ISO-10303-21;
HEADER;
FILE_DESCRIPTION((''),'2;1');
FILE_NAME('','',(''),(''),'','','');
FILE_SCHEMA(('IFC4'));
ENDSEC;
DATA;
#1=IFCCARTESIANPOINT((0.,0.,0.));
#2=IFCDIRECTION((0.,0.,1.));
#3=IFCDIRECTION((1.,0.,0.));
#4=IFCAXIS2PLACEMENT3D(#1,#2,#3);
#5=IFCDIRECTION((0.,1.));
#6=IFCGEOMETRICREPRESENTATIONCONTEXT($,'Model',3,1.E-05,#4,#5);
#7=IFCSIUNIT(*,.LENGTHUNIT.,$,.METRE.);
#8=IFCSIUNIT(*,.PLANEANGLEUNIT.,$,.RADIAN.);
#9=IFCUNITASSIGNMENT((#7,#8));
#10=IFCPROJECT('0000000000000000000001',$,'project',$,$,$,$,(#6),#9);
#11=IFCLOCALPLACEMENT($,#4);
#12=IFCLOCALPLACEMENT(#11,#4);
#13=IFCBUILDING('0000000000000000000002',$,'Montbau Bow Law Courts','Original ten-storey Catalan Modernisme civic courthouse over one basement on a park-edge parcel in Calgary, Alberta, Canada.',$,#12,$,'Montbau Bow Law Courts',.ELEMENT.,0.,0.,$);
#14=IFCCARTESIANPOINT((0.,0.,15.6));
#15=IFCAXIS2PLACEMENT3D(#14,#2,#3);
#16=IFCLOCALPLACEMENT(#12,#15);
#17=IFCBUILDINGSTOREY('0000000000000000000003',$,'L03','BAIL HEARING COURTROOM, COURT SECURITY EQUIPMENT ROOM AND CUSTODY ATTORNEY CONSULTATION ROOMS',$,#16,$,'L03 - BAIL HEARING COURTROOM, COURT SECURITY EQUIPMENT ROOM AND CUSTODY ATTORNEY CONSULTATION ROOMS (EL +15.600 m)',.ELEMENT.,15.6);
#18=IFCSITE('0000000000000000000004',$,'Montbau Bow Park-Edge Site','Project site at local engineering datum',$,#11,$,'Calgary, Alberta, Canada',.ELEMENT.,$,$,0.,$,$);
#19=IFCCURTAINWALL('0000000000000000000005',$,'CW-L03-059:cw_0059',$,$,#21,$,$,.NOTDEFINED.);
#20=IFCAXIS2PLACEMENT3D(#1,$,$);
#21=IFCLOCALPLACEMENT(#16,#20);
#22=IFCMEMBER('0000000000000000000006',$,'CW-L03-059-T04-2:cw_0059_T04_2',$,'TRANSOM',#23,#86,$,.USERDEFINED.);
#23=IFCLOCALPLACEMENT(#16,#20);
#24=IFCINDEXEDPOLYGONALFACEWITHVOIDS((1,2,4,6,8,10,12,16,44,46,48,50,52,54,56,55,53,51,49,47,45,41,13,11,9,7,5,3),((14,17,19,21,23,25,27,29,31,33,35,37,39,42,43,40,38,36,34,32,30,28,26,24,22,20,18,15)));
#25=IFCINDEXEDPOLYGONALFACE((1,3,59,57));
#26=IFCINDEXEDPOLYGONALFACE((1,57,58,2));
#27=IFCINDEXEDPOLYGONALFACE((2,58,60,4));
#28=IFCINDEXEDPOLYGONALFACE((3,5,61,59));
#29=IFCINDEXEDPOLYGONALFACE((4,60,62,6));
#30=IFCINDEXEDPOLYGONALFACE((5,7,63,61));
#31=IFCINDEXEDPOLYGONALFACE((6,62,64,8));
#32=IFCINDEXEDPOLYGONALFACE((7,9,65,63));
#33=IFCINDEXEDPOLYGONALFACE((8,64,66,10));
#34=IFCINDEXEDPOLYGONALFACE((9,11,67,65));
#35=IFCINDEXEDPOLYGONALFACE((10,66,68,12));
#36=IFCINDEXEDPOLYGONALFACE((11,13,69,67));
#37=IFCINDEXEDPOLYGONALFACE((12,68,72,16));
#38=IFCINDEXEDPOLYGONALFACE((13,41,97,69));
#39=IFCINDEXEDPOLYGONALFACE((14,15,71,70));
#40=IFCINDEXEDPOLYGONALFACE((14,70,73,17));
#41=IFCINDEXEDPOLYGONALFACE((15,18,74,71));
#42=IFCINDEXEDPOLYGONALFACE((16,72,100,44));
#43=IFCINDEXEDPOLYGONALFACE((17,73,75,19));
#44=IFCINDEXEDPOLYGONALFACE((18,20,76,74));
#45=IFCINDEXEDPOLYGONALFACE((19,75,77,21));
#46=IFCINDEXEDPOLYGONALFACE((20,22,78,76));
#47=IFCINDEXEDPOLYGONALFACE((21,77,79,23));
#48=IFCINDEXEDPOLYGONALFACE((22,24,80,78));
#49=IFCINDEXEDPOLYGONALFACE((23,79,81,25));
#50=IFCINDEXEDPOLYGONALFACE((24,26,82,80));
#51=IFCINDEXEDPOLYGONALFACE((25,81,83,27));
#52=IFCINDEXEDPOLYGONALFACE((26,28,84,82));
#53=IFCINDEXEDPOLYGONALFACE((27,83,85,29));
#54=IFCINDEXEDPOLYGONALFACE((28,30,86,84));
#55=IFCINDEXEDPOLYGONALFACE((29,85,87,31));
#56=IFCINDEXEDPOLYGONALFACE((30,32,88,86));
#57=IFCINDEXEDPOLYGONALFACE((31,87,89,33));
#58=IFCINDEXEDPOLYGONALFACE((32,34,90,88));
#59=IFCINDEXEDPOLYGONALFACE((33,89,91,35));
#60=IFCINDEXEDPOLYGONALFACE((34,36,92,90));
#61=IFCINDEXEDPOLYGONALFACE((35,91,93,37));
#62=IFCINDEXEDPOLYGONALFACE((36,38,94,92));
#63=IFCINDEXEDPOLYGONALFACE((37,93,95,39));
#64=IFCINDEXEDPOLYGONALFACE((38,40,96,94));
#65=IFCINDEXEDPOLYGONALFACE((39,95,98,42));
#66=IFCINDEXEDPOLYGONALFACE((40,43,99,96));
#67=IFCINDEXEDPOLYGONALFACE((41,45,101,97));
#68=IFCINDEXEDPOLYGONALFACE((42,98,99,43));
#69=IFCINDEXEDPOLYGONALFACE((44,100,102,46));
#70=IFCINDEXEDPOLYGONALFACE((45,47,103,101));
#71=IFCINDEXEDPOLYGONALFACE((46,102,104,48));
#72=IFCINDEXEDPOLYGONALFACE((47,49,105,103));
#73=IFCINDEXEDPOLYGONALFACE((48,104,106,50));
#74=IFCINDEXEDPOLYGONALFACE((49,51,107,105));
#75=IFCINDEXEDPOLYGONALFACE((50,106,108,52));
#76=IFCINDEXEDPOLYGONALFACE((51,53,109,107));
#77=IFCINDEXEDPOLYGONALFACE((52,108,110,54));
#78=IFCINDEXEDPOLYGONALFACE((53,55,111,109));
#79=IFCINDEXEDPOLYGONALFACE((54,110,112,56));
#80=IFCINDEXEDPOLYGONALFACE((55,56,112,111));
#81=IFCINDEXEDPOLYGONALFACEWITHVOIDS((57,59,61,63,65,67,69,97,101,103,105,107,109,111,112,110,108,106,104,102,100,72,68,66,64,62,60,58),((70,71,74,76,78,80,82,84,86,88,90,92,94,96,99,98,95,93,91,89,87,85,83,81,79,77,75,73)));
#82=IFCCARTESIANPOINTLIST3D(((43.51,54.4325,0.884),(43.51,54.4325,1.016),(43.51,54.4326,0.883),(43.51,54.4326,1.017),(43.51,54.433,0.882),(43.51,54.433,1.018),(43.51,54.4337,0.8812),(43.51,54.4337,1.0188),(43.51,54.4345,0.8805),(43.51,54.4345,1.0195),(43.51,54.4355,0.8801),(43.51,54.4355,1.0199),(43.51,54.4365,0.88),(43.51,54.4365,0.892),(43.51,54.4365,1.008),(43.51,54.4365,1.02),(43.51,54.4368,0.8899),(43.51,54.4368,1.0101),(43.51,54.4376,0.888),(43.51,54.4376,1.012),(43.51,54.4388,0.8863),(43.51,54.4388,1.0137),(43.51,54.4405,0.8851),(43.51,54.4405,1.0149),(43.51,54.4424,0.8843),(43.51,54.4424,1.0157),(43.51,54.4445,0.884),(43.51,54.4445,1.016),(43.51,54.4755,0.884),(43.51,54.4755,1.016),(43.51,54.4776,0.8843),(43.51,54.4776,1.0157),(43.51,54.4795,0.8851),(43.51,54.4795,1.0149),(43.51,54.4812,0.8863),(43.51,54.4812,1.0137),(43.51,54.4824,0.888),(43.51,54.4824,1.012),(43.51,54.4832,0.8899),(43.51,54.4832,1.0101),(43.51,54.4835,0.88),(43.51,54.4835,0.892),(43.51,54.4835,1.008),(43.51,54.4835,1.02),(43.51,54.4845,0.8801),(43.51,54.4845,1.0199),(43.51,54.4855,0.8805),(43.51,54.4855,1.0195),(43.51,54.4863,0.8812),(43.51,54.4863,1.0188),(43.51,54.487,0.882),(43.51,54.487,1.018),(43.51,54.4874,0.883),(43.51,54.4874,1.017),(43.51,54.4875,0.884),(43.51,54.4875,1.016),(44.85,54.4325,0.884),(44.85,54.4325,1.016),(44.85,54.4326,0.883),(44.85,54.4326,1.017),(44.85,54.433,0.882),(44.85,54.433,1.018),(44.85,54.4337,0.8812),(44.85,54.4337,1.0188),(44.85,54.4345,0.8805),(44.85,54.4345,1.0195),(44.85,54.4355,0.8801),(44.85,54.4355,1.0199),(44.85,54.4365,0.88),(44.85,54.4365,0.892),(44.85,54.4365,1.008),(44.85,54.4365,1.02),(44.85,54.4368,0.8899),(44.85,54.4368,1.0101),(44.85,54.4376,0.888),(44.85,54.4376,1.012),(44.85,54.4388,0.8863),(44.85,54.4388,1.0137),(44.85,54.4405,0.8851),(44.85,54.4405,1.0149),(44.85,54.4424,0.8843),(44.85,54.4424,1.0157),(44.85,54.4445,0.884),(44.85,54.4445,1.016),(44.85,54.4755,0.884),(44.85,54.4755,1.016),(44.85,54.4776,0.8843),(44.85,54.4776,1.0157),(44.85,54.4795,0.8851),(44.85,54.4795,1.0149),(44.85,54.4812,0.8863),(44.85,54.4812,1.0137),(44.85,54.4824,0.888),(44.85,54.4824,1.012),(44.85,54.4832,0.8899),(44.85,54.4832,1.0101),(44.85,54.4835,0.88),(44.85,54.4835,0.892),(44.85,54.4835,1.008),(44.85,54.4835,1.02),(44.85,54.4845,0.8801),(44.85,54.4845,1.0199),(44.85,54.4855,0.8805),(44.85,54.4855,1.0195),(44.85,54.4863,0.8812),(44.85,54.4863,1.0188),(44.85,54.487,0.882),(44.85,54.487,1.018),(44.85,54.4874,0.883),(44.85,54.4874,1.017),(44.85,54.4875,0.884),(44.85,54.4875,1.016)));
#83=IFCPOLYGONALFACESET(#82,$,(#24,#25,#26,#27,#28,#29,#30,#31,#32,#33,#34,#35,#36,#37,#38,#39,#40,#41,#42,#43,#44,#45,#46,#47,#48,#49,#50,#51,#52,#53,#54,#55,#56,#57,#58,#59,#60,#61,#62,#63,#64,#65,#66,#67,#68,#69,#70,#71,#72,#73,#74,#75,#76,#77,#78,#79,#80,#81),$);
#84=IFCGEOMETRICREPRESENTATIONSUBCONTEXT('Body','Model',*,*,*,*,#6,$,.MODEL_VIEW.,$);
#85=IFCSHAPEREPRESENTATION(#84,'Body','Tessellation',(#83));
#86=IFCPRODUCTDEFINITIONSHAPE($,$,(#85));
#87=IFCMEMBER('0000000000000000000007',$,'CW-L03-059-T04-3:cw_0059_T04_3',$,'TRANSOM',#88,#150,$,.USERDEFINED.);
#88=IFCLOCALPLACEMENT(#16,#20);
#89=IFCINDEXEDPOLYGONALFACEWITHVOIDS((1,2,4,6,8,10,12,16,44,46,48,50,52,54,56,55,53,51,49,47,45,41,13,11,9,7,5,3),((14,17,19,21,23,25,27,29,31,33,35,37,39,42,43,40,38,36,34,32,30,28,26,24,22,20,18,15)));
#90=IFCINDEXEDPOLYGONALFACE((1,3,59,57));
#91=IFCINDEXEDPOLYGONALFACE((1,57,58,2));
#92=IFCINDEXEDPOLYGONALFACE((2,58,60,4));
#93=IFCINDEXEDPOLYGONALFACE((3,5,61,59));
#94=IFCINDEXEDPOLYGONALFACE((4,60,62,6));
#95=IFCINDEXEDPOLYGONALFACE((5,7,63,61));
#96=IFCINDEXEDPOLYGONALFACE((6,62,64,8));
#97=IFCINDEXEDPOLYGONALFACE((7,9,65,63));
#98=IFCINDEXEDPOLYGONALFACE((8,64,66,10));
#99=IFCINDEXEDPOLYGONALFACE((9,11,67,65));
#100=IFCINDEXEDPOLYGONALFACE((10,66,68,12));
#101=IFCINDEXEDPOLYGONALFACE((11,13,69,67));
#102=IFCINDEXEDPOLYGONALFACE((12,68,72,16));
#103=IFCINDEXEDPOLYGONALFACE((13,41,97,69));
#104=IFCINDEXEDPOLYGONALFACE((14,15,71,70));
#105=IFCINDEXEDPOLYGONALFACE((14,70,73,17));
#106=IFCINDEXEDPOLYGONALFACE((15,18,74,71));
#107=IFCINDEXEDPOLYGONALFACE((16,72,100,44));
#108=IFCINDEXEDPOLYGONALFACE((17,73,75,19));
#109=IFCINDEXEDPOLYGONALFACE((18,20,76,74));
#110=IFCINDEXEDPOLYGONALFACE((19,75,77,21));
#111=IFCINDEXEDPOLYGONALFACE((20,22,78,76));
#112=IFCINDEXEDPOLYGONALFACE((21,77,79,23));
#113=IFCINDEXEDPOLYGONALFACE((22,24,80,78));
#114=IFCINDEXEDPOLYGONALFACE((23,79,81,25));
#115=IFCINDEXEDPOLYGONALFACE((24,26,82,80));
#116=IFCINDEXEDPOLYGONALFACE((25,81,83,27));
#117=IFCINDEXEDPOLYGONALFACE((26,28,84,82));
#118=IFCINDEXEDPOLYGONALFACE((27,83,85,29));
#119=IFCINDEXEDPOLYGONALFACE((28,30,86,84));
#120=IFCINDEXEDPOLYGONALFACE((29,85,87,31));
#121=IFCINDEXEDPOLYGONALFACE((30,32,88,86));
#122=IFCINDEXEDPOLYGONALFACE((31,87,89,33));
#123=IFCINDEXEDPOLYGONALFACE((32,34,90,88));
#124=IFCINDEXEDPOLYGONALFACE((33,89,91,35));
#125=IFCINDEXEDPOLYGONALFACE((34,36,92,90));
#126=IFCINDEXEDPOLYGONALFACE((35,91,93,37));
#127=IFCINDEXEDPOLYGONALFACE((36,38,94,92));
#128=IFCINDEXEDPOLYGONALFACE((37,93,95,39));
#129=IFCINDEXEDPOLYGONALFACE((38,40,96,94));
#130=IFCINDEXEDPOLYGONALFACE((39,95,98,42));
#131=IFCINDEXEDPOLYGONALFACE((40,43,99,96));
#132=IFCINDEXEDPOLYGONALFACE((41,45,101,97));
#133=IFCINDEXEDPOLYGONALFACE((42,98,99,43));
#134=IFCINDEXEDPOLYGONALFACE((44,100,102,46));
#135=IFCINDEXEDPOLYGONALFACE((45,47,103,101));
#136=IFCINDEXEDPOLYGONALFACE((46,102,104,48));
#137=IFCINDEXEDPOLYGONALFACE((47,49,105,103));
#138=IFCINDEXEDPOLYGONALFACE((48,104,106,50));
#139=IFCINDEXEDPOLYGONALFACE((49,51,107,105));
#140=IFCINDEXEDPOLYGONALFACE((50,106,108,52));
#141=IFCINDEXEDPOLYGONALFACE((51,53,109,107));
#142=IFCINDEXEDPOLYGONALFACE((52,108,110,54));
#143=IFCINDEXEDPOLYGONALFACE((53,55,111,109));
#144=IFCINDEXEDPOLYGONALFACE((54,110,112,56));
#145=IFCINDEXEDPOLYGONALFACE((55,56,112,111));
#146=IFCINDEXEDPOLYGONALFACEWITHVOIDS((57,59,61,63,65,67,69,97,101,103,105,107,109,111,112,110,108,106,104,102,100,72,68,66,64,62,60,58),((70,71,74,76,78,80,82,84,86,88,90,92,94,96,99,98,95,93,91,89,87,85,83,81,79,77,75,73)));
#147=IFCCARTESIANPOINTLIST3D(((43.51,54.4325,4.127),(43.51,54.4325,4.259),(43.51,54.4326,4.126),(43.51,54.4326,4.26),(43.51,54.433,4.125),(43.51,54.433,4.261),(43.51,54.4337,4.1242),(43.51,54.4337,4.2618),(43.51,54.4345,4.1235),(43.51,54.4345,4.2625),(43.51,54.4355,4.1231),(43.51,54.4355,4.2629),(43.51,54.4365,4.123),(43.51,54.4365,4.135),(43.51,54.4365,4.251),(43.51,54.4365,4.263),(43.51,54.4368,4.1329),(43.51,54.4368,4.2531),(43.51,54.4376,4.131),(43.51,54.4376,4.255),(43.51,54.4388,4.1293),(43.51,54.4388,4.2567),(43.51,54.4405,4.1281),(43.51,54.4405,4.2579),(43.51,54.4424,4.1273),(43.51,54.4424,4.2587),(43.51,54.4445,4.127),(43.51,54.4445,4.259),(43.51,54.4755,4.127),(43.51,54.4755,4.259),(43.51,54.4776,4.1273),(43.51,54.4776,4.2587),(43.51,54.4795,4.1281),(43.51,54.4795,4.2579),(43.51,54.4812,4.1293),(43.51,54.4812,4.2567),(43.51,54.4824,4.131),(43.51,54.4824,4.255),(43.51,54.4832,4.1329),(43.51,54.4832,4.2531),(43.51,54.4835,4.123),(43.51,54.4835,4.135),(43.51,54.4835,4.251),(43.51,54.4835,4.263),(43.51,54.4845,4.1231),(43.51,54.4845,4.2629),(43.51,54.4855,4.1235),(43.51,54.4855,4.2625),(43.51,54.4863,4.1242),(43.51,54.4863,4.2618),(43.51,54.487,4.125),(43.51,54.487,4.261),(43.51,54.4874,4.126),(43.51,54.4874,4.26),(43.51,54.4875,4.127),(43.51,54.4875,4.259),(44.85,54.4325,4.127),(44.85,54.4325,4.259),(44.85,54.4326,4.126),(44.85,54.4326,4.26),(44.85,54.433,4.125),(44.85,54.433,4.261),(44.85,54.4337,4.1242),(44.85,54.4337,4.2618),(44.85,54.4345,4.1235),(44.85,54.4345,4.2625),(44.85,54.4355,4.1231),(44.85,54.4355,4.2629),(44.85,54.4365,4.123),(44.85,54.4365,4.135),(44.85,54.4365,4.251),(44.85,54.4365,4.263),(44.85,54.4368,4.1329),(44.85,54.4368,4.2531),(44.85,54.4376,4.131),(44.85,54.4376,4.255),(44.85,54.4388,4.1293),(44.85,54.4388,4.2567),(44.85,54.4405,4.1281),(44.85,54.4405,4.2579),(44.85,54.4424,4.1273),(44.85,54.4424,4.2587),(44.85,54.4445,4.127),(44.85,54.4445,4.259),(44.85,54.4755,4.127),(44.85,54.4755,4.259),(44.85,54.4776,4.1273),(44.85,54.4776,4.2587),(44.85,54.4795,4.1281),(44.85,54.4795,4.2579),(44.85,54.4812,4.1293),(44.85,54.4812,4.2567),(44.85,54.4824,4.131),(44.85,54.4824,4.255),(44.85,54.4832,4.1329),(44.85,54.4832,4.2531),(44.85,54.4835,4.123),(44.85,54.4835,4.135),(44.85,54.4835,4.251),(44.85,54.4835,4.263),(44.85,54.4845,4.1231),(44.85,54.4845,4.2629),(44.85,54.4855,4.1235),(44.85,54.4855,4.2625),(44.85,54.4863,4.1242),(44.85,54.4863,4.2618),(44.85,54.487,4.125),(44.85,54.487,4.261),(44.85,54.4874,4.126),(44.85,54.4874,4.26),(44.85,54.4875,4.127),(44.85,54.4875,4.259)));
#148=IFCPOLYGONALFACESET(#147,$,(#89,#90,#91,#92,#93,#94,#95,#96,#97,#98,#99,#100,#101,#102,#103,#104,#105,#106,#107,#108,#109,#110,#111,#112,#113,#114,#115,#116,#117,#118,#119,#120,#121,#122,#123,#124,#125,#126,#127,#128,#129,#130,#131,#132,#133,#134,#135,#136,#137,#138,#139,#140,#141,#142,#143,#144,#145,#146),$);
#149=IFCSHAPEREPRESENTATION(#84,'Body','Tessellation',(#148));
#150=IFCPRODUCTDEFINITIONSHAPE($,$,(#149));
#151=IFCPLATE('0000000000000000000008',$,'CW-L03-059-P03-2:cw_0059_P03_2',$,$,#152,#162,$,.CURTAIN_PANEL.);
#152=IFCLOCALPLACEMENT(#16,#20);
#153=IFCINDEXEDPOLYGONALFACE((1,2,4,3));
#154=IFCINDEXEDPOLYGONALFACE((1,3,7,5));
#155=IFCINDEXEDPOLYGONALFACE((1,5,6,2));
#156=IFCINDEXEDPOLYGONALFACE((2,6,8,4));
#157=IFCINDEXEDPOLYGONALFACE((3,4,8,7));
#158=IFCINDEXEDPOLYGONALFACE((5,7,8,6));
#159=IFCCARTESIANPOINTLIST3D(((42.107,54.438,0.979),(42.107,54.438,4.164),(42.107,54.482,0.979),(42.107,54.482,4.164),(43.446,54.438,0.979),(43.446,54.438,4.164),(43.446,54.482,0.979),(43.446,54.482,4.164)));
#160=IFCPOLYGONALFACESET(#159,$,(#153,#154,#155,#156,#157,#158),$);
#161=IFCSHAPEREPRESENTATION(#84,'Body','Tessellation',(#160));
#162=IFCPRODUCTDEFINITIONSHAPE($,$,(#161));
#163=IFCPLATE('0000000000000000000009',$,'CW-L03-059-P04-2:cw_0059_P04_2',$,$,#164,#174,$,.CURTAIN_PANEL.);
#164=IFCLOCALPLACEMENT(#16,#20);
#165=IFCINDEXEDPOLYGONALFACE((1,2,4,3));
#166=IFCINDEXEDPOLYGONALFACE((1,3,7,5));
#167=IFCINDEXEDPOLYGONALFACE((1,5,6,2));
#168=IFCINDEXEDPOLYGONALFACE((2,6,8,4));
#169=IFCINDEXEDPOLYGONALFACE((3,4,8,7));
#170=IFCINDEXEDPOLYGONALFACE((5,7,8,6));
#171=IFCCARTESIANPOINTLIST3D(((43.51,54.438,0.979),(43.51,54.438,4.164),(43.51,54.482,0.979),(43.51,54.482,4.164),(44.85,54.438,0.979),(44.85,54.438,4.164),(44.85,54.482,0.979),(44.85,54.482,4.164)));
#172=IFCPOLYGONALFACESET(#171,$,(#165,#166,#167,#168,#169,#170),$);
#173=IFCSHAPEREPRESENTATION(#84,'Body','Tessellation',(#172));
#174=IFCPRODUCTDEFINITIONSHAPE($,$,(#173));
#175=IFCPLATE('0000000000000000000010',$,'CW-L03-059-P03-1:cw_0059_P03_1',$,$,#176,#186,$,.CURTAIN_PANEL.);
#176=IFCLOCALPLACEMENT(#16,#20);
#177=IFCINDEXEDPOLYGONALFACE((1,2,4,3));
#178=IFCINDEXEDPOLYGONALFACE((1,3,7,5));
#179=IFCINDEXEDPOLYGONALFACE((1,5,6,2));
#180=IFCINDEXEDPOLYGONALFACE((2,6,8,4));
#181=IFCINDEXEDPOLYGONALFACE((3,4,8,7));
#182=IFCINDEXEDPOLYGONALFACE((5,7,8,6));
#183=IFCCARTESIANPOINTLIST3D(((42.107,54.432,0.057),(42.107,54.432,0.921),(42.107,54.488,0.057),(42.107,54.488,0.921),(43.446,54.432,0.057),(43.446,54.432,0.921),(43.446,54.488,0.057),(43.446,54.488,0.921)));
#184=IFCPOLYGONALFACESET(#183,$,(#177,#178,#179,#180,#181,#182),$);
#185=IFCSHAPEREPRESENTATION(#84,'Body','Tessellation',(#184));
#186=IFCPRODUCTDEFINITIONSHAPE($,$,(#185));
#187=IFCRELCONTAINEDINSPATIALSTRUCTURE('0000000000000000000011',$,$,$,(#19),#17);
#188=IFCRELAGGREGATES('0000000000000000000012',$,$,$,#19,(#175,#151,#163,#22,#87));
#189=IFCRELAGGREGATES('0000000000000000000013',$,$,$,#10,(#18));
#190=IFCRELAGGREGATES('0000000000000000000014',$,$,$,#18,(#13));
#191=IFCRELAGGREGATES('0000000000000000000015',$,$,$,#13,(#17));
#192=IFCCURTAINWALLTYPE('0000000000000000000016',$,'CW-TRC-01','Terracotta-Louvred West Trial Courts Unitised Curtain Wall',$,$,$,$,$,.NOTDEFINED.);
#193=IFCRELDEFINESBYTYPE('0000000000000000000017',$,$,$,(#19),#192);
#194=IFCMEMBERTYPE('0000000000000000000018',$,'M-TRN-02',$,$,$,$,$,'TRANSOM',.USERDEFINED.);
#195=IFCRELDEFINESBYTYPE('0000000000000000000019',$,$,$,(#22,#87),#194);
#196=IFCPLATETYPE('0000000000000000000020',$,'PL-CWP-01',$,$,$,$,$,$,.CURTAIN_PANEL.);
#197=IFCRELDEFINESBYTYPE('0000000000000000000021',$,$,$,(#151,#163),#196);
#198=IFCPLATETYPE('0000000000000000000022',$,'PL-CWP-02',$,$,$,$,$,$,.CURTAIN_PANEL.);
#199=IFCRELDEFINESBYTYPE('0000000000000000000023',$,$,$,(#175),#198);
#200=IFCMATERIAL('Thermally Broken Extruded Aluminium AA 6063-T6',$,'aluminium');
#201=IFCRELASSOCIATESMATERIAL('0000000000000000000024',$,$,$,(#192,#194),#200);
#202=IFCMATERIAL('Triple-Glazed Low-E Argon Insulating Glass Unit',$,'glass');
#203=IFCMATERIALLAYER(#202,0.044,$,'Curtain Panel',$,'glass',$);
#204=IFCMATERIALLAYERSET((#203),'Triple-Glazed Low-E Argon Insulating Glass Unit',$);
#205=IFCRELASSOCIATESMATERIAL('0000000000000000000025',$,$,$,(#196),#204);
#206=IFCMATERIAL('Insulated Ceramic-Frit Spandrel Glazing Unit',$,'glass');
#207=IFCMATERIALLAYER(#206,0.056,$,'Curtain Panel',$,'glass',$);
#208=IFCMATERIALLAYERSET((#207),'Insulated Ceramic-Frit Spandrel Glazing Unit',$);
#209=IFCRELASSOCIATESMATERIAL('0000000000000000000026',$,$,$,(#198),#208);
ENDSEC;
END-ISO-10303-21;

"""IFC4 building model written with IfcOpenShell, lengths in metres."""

from ifc_helpers import new_model, si_unit, direction, frame, frame_2d, origin_with_axes, origin_2d_with_axis, place, context, subcontext, project, spatial, rectangle, hollow_rectangle, extrude, material, layer, layer_set, material_profile, profile_set, type_object, element, aggregate, save


model = new_model("IFC4")

# Units and contexts
model_context = context("Model", 3, precision=1e-05, world=origin_with_axes(), true_north=direction((0.0, 1.0)))
body_context = subcontext(model_context, "Body", "Model", "MODEL_VIEW")
ifc_project = project(units=[si_unit("LENGTHUNIT", "METRE"), si_unit("PLANEANGLEUNIT", "RADIAN")], contexts=[model_context])

# Site, building, storey
site_placement = place(None, origin_with_axes())
site = spatial("IfcSite", under=ifc_project, at=site_placement, Name="Montbau Bow Park-Edge Site", Description="Project site at local engineering datum", LongName="Calgary, Alberta, Canada", CompositionType="ELEMENT", RefElevation=0.0)
building_placement = place(site_placement, origin_with_axes())
building = spatial("IfcBuilding", under=site, at=building_placement, Name="Montbau Bow Law Courts", Description="Original ten-storey Catalan Modernisme civic courthouse over one basement on a park-edge parcel in Calgary, Alberta, Canada.", LongName="Montbau Bow Law Courts", CompositionType="ELEMENT", ElevationOfRefHeight=0.0, ElevationOfTerrain=0.0)
storey_placement = place(building_placement, frame((0.0, 0.0, 15.6), z_axis=(0.0, 0.0, 1.0), x_axis=(1.0, 0.0, 0.0)))
storey = spatial("IfcBuildingStorey", under=building, at=storey_placement, Name="L03", Description="BAIL HEARING COURTROOM, COURT SECURITY EQUIPMENT ROOM AND CUSTODY ATTORNEY CONSULTATION ROOMS", LongName="L03 - BAIL HEARING COURTROOM, COURT SECURITY EQUIPMENT ROOM AND CUSTODY ATTORNEY CONSULTATION ROOMS (EL +15.600 m)", CompositionType="ELEMENT", Elevation=15.6)

# Curtain wall, members, plates
ifc_material_1 = material(Name="Thermally Broken Extruded Aluminium AA 6063-T6", Category="aluminium")
curtain_wall_type = type_object("IfcCurtainWallType", Name="CW-TRC-01", Description="Terracotta-Louvred West Trial Courts Unitised Curtain Wall", PredefinedType="NOTDEFINED", material=ifc_material_1)
curtain_wall_placement = place(None, frame((39.268, 54.46, 15.6), z_axis=(0.0, 0.0, 1.0), x_axis=(1.0, 0.0, 0.0)))
curtain_wall = element("IfcCurtainWall", 1, at=curtain_wall_placement, inside=storey, type_object=curtain_wall_type, Name="CW-L03-059:cw_0059", PredefinedType="NOTDEFINED")
ifc_material_profile_1 = material_profile(ifc_material_1, hollow_rectangle(XDim=0.055, YDim=0.14, WallThickness=0.004, InnerFilletRadius=0.008, OuterFilletRadius=0.004, at=origin_2d_with_axis()), Name="CWT-140X55", Category="Main", Priority=0)
ifc_profile_set_1 = profile_set([ifc_material_profile_1], Name="Thermally Broken Extruded Aluminium AA 6063-T6")
member_type_1 = type_object("IfcMemberType", Name="M-TRN-02", ElementType="TRANSOM", PredefinedType="USERDEFINED", material=ifc_profile_set_1)
member_1_placement = place(None, frame((43.51, 54.46, 16.55), z_axis=(1.0, 0.0, 0.0), x_axis=(0.0, 1.0, 0.0)))
member_1 = element("IfcMember", 2, at=member_1_placement, type_object=member_type_1, Name="CW-L03-059-T04-2:cw_0059_T04_2", ObjectType="TRANSOM", PredefinedType="USERDEFINED", context=body_context, shape_type="SweptSolid", body=[
    extrude(hollow_rectangle(XDim=0.055, YDim=0.14, WallThickness=0.004, InnerFilletRadius=0.008, OuterFilletRadius=0.004, at=origin_2d_with_axis()), origin_with_axes(), (0.0, 0.0, 1.0), 1.34),
])
member_2_placement = place(None, frame((43.51, 54.46, 19.793), z_axis=(1.0, 0.0, 0.0), x_axis=(0.0, 1.0, 0.0)))
member_2 = element("IfcMember", 3, at=member_2_placement, type_object=member_type_1, Name="CW-L03-059-T04-3:cw_0059_T04_3", ObjectType="TRANSOM", PredefinedType="USERDEFINED", context=body_context, shape_type="SweptSolid", body=[
    extrude(hollow_rectangle(XDim=0.055, YDim=0.14, WallThickness=0.004, InnerFilletRadius=0.008, OuterFilletRadius=0.004, at=origin_2d_with_axis()), origin_with_axes(), (0.0, 0.0, 1.0), 1.34),
])
ifc_material_2 = material(Name="Triple-Glazed Low-E Argon Insulating Glass Unit", Category="glass")
ifc_layer_1 = layer(ifc_material_2, 0.044, Name="Curtain Panel", Category="glass")
ifc_layer_set_1 = layer_set([ifc_layer_1], Name="Triple-Glazed Low-E Argon Insulating Glass Unit")
plate_type_1 = type_object("IfcPlateType", Name="PL-CWP-01", PredefinedType="CURTAIN_PANEL", material=ifc_layer_set_1)
plate_1_placement = place(None, frame((42.107, 54.46, 16.579), z_axis=(0.0, -1.0, 0.0), x_axis=(1.0, 0.0, 0.0)))
plate_1 = element("IfcPlate", 4, at=plate_1_placement, type_object=plate_type_1, Name="CW-L03-059-P03-2:cw_0059_P03_2", PredefinedType="CURTAIN_PANEL", context=body_context, shape_type="SweptSolid", body=[
    extrude(rectangle(XDim=1.339, YDim=3.185, at=frame_2d((0.6695, 1.5925), x_axis=(1.0, 0.0))), frame((0.0, 0.0, -0.022), z_axis=(0.0, 0.0, 1.0), x_axis=(1.0, 0.0, 0.0)), (0.0, 0.0, 1.0), 0.044),
])
plate_2_placement = place(None, frame((43.51, 54.46, 16.579), z_axis=(0.0, -1.0, 0.0), x_axis=(1.0, 0.0, 0.0)))
plate_2 = element("IfcPlate", 5, at=plate_2_placement, type_object=plate_type_1, Name="CW-L03-059-P04-2:cw_0059_P04_2", PredefinedType="CURTAIN_PANEL", context=body_context, shape_type="SweptSolid", body=[
    extrude(rectangle(XDim=1.34, YDim=3.185, at=frame_2d((0.67, 1.5925), x_axis=(1.0, 0.0))), frame((0.0, 0.0, -0.022), z_axis=(0.0, 0.0, 1.0), x_axis=(1.0, 0.0, 0.0)), (0.0, 0.0, 1.0), 0.044),
])
ifc_material_3 = material(Name="Insulated Ceramic-Frit Spandrel Glazing Unit", Category="glass")
ifc_layer_2 = layer(ifc_material_3, 0.056, Name="Curtain Panel", Category="glass")
ifc_layer_set_2 = layer_set([ifc_layer_2], Name="Insulated Ceramic-Frit Spandrel Glazing Unit")
plate_type_2 = type_object("IfcPlateType", Name="PL-CWP-02", PredefinedType="CURTAIN_PANEL", material=ifc_layer_set_2)
plate_3_placement = place(None, frame((42.107, 54.46, 15.657), z_axis=(0.0, -1.0, 0.0), x_axis=(1.0, 0.0, 0.0)))
plate_3 = element("IfcPlate", 6, at=plate_3_placement, type_object=plate_type_2, Name="CW-L03-059-P03-1:cw_0059_P03_1", PredefinedType="CURTAIN_PANEL", context=body_context, shape_type="SweptSolid", body=[
    extrude(rectangle(XDim=1.339, YDim=0.864, at=frame_2d((0.6695, 0.432), x_axis=(1.0, 0.0))), frame((0.0, 0.0, -0.028), z_axis=(0.0, 0.0, 1.0), x_axis=(1.0, 0.0, 0.0)), (0.0, 0.0, 1.0), 0.056),
])
aggregate(curtain_wall, [plate_3, plate_1, plate_2, member_1, member_2])

save(model, "model.ifc")
